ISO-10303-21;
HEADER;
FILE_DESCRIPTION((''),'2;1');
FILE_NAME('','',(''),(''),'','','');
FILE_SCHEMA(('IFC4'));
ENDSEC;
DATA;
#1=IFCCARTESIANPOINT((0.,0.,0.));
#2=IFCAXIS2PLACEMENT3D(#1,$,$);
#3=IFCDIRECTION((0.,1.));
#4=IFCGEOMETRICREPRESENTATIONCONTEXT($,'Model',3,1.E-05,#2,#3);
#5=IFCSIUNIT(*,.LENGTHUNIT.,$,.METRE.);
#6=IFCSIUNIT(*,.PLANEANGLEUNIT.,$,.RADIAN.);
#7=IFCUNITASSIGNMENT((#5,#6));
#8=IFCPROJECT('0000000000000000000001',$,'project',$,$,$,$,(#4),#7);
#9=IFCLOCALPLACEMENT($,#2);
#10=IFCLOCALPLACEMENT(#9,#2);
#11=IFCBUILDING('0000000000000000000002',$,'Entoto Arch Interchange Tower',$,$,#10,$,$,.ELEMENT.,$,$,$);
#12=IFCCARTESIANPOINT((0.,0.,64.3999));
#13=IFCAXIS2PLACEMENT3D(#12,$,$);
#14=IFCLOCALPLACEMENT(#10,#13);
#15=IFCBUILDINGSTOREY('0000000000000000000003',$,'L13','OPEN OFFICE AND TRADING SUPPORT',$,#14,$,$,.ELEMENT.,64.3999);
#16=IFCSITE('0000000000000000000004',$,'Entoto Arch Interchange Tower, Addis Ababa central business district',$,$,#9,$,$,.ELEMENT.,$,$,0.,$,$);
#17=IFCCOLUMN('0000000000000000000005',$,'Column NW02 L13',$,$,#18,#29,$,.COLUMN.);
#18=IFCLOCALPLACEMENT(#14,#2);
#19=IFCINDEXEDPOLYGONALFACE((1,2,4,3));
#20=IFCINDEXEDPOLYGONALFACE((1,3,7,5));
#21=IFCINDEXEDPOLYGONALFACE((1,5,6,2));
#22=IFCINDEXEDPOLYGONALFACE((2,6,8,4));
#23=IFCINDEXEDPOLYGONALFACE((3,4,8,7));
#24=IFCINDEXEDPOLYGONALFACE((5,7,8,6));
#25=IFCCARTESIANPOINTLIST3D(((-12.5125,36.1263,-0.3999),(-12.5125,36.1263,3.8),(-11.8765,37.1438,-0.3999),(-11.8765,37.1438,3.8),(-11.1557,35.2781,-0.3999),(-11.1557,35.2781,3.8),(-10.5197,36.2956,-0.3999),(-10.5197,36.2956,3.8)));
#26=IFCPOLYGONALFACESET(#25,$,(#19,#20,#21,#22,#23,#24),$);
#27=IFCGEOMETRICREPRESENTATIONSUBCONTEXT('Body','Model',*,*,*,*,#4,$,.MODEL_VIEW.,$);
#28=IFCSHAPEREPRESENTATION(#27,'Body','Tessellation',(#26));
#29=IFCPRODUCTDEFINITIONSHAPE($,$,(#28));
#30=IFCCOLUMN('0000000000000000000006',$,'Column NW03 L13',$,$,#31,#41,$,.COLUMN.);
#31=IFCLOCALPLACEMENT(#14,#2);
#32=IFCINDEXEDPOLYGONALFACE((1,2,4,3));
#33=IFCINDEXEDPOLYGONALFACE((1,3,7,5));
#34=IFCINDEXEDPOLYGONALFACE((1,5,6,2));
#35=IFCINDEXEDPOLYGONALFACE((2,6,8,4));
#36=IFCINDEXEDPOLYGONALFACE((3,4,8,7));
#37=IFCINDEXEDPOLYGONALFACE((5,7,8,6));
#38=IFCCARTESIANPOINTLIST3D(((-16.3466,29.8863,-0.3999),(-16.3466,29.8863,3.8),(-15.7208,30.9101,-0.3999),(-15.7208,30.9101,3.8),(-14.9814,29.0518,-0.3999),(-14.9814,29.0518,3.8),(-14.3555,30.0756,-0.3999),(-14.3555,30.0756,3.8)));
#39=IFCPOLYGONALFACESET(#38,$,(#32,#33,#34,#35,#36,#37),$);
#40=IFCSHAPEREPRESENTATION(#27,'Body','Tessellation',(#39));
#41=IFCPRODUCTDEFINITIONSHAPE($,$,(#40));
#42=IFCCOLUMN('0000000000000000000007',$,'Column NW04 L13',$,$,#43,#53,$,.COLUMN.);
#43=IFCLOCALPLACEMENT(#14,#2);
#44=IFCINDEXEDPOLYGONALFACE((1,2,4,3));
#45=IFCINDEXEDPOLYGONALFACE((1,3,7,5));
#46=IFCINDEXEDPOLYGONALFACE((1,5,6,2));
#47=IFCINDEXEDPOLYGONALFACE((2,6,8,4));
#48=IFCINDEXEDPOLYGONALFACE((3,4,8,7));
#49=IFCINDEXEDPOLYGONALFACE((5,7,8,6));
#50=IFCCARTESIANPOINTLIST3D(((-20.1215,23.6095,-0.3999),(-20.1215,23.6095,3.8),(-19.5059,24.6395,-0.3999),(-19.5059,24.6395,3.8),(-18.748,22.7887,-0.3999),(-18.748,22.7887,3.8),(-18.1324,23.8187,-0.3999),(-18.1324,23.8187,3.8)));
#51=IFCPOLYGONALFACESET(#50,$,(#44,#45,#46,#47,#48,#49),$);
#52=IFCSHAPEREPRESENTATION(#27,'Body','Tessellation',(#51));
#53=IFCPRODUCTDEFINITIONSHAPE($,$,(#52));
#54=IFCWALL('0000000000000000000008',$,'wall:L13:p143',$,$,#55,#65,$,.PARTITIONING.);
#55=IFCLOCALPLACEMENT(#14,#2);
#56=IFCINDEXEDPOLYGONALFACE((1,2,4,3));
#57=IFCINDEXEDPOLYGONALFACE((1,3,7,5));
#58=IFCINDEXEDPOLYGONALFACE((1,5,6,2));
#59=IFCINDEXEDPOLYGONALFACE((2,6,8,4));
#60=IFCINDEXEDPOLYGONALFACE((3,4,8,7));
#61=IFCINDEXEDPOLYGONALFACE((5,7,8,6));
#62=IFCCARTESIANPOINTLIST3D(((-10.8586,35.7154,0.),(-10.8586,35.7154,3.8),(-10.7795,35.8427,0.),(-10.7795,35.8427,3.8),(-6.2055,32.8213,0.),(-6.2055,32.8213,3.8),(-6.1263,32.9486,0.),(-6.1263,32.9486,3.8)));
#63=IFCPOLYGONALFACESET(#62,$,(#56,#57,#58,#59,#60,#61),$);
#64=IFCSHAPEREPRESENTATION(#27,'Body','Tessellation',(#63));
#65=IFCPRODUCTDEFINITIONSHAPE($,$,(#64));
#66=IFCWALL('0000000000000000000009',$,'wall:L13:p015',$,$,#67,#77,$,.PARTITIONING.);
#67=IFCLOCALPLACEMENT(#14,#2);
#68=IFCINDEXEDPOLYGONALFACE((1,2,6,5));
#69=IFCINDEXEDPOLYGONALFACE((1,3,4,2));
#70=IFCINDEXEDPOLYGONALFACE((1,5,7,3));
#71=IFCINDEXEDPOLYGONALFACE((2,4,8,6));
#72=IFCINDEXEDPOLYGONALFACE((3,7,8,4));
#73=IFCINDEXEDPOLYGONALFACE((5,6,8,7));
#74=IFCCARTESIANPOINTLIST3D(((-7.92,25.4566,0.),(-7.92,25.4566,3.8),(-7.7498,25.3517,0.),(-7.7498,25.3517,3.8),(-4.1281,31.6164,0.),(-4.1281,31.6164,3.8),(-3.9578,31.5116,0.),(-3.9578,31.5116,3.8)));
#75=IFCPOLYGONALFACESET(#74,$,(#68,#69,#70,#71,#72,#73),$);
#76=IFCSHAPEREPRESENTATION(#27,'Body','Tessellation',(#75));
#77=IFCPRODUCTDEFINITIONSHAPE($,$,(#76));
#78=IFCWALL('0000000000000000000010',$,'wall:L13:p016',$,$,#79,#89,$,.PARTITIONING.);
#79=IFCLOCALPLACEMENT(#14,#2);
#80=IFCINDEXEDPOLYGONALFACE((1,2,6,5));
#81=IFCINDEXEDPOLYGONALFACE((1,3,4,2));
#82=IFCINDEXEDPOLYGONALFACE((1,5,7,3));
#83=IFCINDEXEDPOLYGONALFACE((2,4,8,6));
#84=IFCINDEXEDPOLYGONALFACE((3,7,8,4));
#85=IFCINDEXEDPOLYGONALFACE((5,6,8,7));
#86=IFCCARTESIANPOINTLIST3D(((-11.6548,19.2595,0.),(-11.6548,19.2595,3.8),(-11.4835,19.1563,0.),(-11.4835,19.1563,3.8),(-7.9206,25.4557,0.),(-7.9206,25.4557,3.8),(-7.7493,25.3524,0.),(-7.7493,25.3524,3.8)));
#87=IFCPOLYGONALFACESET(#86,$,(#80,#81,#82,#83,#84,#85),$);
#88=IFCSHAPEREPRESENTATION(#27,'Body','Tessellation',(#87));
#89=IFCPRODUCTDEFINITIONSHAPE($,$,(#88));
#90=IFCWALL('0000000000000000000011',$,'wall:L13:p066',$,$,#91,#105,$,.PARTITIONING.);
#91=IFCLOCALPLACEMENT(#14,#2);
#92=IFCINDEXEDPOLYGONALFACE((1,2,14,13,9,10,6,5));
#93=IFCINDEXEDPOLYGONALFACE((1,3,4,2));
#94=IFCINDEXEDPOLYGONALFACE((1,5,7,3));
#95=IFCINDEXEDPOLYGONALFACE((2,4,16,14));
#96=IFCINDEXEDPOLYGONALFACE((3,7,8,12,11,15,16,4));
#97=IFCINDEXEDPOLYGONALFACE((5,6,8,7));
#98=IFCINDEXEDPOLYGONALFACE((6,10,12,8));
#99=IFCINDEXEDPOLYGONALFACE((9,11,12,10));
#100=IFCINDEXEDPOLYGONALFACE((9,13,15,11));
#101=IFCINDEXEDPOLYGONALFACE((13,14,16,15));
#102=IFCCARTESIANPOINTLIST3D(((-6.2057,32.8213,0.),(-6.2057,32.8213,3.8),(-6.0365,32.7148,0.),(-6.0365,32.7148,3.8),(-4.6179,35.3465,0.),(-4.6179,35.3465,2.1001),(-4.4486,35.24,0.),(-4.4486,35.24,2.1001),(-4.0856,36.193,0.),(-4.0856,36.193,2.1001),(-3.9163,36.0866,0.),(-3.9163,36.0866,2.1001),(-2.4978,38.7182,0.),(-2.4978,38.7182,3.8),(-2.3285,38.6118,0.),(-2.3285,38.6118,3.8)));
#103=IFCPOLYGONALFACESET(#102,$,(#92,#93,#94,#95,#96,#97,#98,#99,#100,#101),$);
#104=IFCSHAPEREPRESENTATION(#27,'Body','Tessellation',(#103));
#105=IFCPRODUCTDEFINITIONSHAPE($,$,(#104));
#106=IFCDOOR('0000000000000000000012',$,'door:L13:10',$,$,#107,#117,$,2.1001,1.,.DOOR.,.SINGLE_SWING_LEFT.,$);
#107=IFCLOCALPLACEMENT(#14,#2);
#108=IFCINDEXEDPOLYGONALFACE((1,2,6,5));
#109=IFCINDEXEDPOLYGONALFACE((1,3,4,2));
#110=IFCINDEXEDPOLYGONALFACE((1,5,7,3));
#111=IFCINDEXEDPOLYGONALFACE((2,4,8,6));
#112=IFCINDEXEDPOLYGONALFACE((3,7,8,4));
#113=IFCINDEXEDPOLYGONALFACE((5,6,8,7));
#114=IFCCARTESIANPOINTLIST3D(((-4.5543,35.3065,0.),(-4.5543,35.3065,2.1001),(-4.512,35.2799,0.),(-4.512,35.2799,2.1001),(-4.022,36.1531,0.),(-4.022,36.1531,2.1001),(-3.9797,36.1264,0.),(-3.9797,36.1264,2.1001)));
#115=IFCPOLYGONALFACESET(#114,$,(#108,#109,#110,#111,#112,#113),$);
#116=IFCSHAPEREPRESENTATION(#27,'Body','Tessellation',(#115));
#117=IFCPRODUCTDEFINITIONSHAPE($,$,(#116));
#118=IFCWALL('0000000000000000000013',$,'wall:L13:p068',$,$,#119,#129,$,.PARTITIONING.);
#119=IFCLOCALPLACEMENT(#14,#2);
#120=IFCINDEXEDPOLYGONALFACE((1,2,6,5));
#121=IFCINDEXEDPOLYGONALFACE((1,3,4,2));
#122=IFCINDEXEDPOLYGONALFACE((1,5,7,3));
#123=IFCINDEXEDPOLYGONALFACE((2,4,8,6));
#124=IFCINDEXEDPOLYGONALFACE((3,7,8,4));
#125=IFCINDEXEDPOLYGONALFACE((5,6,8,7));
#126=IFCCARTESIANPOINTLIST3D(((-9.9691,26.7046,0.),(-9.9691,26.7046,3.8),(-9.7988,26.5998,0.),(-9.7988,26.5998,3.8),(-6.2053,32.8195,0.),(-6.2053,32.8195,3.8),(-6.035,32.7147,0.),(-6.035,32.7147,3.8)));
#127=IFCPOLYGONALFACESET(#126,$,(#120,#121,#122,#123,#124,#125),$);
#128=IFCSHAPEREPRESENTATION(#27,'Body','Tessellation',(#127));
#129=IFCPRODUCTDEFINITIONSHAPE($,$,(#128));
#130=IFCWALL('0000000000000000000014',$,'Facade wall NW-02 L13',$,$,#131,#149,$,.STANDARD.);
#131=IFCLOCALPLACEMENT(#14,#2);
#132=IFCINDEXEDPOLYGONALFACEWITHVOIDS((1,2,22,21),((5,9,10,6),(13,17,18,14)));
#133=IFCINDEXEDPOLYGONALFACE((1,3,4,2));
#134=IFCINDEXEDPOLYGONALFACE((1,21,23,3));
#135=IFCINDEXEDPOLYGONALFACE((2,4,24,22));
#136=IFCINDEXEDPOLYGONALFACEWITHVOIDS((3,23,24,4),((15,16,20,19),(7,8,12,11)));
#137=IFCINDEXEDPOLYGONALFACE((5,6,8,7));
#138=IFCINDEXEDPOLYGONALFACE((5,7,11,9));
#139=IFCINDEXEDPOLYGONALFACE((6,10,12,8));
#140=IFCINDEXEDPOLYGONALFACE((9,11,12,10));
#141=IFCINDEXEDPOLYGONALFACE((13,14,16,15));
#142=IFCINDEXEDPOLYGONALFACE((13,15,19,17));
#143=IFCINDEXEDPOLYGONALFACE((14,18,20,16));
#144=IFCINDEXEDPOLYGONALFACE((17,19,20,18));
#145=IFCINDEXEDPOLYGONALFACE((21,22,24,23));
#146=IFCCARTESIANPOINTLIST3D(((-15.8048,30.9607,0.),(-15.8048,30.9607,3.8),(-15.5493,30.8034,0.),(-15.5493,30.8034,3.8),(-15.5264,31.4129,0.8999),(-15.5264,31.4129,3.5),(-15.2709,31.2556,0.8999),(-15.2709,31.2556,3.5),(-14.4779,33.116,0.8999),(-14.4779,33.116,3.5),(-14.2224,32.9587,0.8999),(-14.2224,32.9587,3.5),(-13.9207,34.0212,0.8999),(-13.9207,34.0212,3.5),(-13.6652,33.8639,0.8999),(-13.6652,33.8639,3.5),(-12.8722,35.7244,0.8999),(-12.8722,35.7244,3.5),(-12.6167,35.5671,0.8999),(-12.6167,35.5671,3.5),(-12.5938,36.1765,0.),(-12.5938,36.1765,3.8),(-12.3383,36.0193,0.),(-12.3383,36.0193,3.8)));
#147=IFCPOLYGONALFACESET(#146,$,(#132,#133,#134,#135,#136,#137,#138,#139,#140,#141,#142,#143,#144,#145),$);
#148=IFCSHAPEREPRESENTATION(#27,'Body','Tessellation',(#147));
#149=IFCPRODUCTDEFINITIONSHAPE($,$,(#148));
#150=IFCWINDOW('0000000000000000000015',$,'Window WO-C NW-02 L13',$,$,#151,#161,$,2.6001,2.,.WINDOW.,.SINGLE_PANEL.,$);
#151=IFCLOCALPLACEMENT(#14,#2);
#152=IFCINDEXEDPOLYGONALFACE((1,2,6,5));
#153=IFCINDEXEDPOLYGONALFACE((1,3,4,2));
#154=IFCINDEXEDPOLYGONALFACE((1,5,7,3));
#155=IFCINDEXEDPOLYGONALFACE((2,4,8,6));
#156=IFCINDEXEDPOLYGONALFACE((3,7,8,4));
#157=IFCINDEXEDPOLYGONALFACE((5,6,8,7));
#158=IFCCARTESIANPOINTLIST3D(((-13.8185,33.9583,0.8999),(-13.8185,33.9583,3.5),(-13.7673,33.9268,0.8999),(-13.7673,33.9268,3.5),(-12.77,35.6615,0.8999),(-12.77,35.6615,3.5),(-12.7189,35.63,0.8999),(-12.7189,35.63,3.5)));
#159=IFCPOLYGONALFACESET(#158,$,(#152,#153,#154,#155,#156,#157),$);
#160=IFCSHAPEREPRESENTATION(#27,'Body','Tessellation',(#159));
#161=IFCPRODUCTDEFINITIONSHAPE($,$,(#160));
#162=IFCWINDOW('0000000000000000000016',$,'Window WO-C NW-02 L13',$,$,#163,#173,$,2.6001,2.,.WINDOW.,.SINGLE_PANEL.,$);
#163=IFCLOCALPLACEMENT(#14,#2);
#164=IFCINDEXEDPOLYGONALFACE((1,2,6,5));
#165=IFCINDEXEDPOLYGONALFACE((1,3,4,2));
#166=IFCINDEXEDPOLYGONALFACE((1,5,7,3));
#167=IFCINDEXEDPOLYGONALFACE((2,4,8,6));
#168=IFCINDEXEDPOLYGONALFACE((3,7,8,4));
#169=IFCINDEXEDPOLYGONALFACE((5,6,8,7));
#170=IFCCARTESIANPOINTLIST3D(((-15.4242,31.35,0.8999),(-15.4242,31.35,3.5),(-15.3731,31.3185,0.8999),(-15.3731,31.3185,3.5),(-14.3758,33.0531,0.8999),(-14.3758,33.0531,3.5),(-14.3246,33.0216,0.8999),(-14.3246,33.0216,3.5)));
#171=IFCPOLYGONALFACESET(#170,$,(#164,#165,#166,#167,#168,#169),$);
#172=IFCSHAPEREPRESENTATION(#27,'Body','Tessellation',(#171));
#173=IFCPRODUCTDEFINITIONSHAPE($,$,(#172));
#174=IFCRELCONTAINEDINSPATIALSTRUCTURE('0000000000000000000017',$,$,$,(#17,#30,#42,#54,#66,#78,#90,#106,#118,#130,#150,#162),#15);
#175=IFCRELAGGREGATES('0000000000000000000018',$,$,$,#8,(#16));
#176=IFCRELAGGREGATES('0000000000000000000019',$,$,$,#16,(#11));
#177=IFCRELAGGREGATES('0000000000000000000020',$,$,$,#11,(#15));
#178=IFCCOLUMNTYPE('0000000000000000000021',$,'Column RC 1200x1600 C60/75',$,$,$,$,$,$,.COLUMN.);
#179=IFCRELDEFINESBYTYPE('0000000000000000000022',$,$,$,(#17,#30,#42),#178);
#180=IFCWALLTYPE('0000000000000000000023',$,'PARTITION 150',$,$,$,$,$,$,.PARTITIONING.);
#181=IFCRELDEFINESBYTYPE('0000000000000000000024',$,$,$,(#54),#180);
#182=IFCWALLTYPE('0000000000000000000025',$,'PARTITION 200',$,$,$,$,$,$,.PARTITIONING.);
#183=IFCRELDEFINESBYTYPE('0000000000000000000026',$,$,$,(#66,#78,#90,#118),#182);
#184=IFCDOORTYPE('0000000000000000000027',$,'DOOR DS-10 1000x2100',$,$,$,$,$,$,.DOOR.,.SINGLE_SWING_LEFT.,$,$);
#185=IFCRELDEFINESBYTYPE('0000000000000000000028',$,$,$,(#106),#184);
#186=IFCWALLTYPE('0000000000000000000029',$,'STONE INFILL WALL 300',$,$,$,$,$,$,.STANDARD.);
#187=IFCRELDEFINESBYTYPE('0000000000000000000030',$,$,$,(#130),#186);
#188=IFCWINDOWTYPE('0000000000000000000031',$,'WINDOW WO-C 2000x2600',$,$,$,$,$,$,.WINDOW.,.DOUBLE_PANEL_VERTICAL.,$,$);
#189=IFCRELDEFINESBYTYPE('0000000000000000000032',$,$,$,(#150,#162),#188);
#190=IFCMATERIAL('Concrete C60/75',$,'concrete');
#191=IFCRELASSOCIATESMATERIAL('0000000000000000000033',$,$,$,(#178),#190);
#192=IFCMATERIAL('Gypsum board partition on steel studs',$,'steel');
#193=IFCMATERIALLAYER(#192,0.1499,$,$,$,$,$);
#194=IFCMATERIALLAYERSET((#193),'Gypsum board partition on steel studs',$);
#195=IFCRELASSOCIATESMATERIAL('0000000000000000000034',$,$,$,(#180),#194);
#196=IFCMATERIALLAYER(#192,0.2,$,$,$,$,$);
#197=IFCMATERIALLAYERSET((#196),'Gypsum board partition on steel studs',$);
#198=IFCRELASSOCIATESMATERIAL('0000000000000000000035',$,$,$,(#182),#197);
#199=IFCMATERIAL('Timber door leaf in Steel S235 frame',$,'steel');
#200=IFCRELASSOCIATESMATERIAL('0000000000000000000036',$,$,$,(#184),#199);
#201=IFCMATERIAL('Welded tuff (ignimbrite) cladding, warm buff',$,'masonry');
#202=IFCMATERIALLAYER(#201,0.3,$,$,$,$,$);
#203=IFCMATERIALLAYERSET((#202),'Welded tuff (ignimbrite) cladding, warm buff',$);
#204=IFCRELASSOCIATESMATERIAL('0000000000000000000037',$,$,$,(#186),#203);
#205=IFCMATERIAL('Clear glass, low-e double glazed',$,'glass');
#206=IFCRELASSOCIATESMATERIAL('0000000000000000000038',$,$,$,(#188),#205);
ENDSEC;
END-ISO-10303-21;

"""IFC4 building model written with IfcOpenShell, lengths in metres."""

from ifc_helpers import new_model, si_unit, direction, frame, frame_2d, origin, origin_2d, place, context, subcontext, project, spatial, rectangle, extrude, material, layer, layer_set, material_profile, profile_set, type_object, element, fill, save


model = new_model("IFC4")

# Units and contexts
model_context = context("Model", 3, precision=1e-05, world=origin(), true_north=direction((0.0, 1.0)))
body_context = subcontext(model_context, "Body", "Model", "MODEL_VIEW")
ifc_project = project(units=[si_unit("LENGTHUNIT", "METRE"), si_unit("PLANEANGLEUNIT", "RADIAN")], contexts=[model_context])

# Site, building, storey
site_placement = place(None, origin())
site = spatial("IfcSite", under=ifc_project, at=site_placement, Name="Entoto Arch Interchange Tower, Addis Ababa central business district", CompositionType="ELEMENT", RefElevation=0.0)
building_placement = place(site_placement, origin())
building = spatial("IfcBuilding", under=site, at=building_placement, Name="Entoto Arch Interchange Tower", CompositionType="ELEMENT")
storey_placement = place(building_placement, frame((0.0, 0.0, 64.3999)))
storey = spatial("IfcBuildingStorey", under=building, at=storey_placement, Name="L13", Description="OPEN OFFICE AND TRADING SUPPORT", CompositionType="ELEMENT", Elevation=64.3999)

# Columns
ifc_material_1 = material(Name="Concrete C60/75", Category="concrete")
ifc_material_profile = material_profile(ifc_material_1, rectangle(XDim=1.2, YDim=1.6001, at=origin_2d()))
ifc_profile_set = profile_set([ifc_material_profile], Name="Concrete C60/75")
column_type = type_object("IfcColumnType", Name="Column RC 1200x1600 C60/75", PredefinedType="COLUMN", material=ifc_profile_set)
for number, where, z_axis, x_axis, name in (
    (1, (-11.5161, 36.2109, -0.3999), (0.0, 0.0, 1.0), (0.530067, 0.847956, 0.0), "Column NW02 L13"),
    (2, (-15.3511, 29.981, -0.3999), (0.0, 0.0, 1.0), (0.521546, 0.853223, 0.0), "Column NW03 L13"),
    (3, (-19.127, 23.7141, -0.3999), (0.0, 0.0, 1.0), (0.512972, 0.858405, 0.0), "Column NW04 L13"),
):
    element("IfcColumn", number, at=place(storey_placement, frame(where, z_axis=z_axis, x_axis=x_axis)), inside=storey, type_object=column_type, Name=name, PredefinedType="COLUMN", context=body_context, shape_type="SweptSolid", body=[
        extrude(rectangle(XDim=1.2, YDim=1.6001, at=origin_2d()), origin(), (0.0, 0.0, 1.0), 4.2),
    ])

# Walls
ifc_material_2 = material(Name="Gypsum board partition on steel studs", Category="steel")
ifc_layer_1 = layer(ifc_material_2, 0.1499)
ifc_layer_set_1 = layer_set([ifc_layer_1], Name="Gypsum board partition on steel studs")
wall_type_1 = type_object("IfcWallType", Name="PARTITION 150", PredefinedType="PARTITIONING", material=ifc_layer_set_1)
wall_1_placement = place(storey_placement, frame((-6.166, 32.885, 0.0), z_axis=(0.0, 0.0, 1.0), x_axis=(-0.849155, 0.528143, 0.0)))
element("IfcWall", 4, at=wall_1_placement, inside=storey, type_object=wall_type_1, Name="wall:L13:p143", PredefinedType="PARTITIONING", context=body_context, shape_type="SweptSolid", body=[
    extrude(rectangle(XDim=5.4797, YDim=0.1499, at=frame_2d((2.7397, 0.0))), origin(), (0.0, 0.0, 1.0), 3.8),
])
ifc_layer_2 = layer(ifc_material_2, 0.2)
ifc_layer_set_2 = layer_set([ifc_layer_2], Name="Gypsum board partition on steel studs")
wall_type_2 = type_object("IfcWallType", Name="PARTITION 200", PredefinedType="PARTITIONING", material=ifc_layer_set_2)
wall_2_placement = place(storey_placement, frame((-4.043, 31.564, 0.0), z_axis=(0.0, 0.0, 1.0), x_axis=(-0.524225, -0.85158, 0.0)))
element("IfcWall", 5, at=wall_2_placement, inside=storey, type_object=wall_type_2, Name="wall:L13:p015", PredefinedType="PARTITIONING", context=body_context, shape_type="SweptSolid", body=[
    extrude(rectangle(XDim=7.2334, YDim=0.2, at=frame_2d((3.6167, 0.0))), origin(), (0.0, 0.0, 1.0), 3.8),
])
wall_3_placement = place(storey_placement, frame((-7.835, 25.4041, 0.0), z_axis=(0.0, 0.0, 1.0), x_axis=(-0.516172, -0.856485, 0.0)))
element("IfcWall", 6, at=wall_3_placement, inside=storey, type_object=wall_type_2, Name="wall:L13:p016", PredefinedType="PARTITIONING", context=body_context, shape_type="SweptSolid", body=[
    extrude(rectangle(XDim=7.2344, YDim=0.2, at=frame_2d((3.6172, 0.0))), origin(), (0.0, 0.0, 1.0), 3.8),
])

# Wall, opening, door
wall_4_placement = place(storey_placement, frame((-6.1211, 32.7681, 0.0), z_axis=(0.0, 0.0, 1.0), x_axis=(0.532309, 0.84655, 0.0)))
wall_4 = element("IfcWall", 7, at=wall_4_placement, inside=storey, type_object=wall_type_2, Name="wall:L13:p066", PredefinedType="PARTITIONING", context=body_context, shape_type="SweptSolid", body=[
    extrude(rectangle(XDim=6.9658, YDim=0.2, at=frame_2d((3.4829, 0.0))), origin(), (0.0, 0.0, 1.0), 3.8),
])
opening_1_placement = place(wall_4_placement, frame((2.9829, 0.0, 0.0)))
opening_1 = element("IfcOpeningElement", 8, at=opening_1_placement, cuts=wall_4, PredefinedType="OPENING", context=body_context, shape_type="SweptSolid", body=[
    extrude(rectangle(XDim=1.0, YDim=2.1001, at=frame_2d((0.5, 1.05))), frame((0.0, 0.1099, 0.0), z_axis=(0.0, -1.0, 0.0), x_axis=(1.0, 0.0, 0.0)), (0.0, 0.0, 1.0), 0.22),
])
ifc_material_3 = material(Name="Timber door leaf in Steel S235 frame", Category="steel")
door_type = type_object("IfcDoorType", Name="DOOR DS-10 1000x2100", OperationType="SINGLE_SWING_LEFT", PredefinedType="DOOR", material=ifc_material_3)
door_placement = place(opening_1_placement, origin())
door = element("IfcDoor", 9, at=door_placement, inside=storey, type_object=door_type, Name="door:L13:10", OperationType="SINGLE_SWING_LEFT", OverallHeight=2.1001, OverallWidth=1.0, PredefinedType="DOOR", context=body_context, shape_type="SweptSolid", body=[
    extrude(rectangle(XDim=1.0, YDim=2.1001, at=frame_2d((0.5, 1.05))), frame((0.0, 0.0249, 0.0), z_axis=(0.0, -1.0, 0.0), x_axis=(1.0, 0.0, 0.0)), (0.0, 0.0, 1.0), 0.05),
])
fill(opening_1, door)

# Wall
wall_5_placement = place(storey_placement, frame((-9.884, 26.6521, 0.0), z_axis=(0.0, 0.0, 1.0), x_axis=(0.524183, 0.851606, 0.0)))
element("IfcWall", 10, at=wall_5_placement, inside=storey, type_object=wall_type_2, Name="wall:L13:p068", PredefinedType="PARTITIONING", context=body_context, shape_type="SweptSolid", body=[
    extrude(rectangle(XDim=7.1804, YDim=0.2, at=frame_2d((3.5903, 0.0))), origin(), (0.0, 0.0, 1.0), 3.8),
])

# Wall, openings, windows
ifc_material_4 = material(Name="Welded tuff (ignimbrite) cladding, warm buff", Category="masonry")
ifc_layer_3 = layer(ifc_material_4, 0.3)
ifc_layer_set_3 = layer_set([ifc_layer_3], Name="Welded tuff (ignimbrite) cladding, warm buff")
wall_type_3 = type_object("IfcWallType", Name="STONE INFILL WALL 300", PredefinedType="STANDARD", material=ifc_layer_set_3)
wall_6_placement = place(storey_placement, frame((-12.4661, 36.0979, 0.0), z_axis=(0.0, 0.0, 1.0), x_axis=(-0.52424, -0.851571, 0.0)))
wall_6 = element("IfcWall", 11, at=wall_6_placement, inside=storey, type_object=wall_type_3, Name="Facade wall NW-02 L13", PredefinedType="STANDARD", context=body_context, shape_type="SweptSolid", body=[
    extrude(rectangle(XDim=6.125, YDim=0.3, at=frame_2d((3.0625, 0.0))), origin(), (0.0, 0.0, 1.0), 3.8),
])
opening_2_placement = place(wall_6_placement, frame((0.531, 0.0, 0.8999)))
opening_2 = element("IfcOpeningElement", 12, at=opening_2_placement, cuts=wall_6, PredefinedType="OPENING", context=body_context, shape_type="SweptSolid", body=[
    extrude(rectangle(XDim=2.0, YDim=2.6001, at=frame_2d((1.0, 1.3))), frame((0.0, 0.1602, 0.0), z_axis=(0.0, -1.0, 0.0), x_axis=(1.0, 0.0, 0.0)), (0.0, 0.0, 1.0), 0.3201),
])
opening_3_placement = place(wall_6_placement, frame((3.594, 0.0, 0.8999)))
opening_3 = element("IfcOpeningElement", 13, at=opening_3_placement, cuts=wall_6, PredefinedType="OPENING", context=body_context, shape_type="SweptSolid", body=[
    extrude(rectangle(XDim=2.0, YDim=2.6001, at=frame_2d((1.0, 1.3))), frame((0.0, 0.1602, 0.0), z_axis=(0.0, -1.0, 0.0), x_axis=(1.0, 0.0, 0.0)), (0.0, 0.0, 1.0), 0.3201),
])
ifc_material_5 = material(Name="Clear glass, low-e double glazed", Category="glass")
window_type = type_object("IfcWindowType", Name="WINDOW WO-C 2000x2600", PartitioningType="DOUBLE_PANEL_VERTICAL", PredefinedType="WINDOW", material=ifc_material_5)
window_1_placement = place(opening_2_placement, origin())
window_1 = element("IfcWindow", 14, at=window_1_placement, inside=storey, type_object=window_type, Name="Window WO-C NW-02 L13", OverallHeight=2.6001, OverallWidth=2.0, PartitioningType="SINGLE_PANEL", PredefinedType="WINDOW", context=body_context, shape_type="SweptSolid", body=[
    extrude(rectangle(XDim=2.0, YDim=2.6001, at=frame_2d((1.0, 1.3))), frame((0.0, 0.03, 0.0), z_axis=(0.0, -1.0, 0.0), x_axis=(1.0, 0.0, 0.0)), (0.0, 0.0, 1.0), 0.0601),
])
fill(opening_2, window_1)
window_2_placement = place(opening_3_placement, origin())
window_2 = element("IfcWindow", 15, at=window_2_placement, inside=storey, type_object=window_type, Name="Window WO-C NW-02 L13", OverallHeight=2.6001, OverallWidth=2.0, PartitioningType="SINGLE_PANEL", PredefinedType="WINDOW", context=body_context, shape_type="SweptSolid", body=[
    extrude(rectangle(XDim=2.0, YDim=2.6001, at=frame_2d((1.0, 1.3))), frame((0.0, 0.03, 0.0), z_axis=(0.0, -1.0, 0.0), x_axis=(1.0, 0.0, 0.0)), (0.0, 0.0, 1.0), 0.0601),
])
fill(opening_3, window_2)

save(model, "model.ifc")
